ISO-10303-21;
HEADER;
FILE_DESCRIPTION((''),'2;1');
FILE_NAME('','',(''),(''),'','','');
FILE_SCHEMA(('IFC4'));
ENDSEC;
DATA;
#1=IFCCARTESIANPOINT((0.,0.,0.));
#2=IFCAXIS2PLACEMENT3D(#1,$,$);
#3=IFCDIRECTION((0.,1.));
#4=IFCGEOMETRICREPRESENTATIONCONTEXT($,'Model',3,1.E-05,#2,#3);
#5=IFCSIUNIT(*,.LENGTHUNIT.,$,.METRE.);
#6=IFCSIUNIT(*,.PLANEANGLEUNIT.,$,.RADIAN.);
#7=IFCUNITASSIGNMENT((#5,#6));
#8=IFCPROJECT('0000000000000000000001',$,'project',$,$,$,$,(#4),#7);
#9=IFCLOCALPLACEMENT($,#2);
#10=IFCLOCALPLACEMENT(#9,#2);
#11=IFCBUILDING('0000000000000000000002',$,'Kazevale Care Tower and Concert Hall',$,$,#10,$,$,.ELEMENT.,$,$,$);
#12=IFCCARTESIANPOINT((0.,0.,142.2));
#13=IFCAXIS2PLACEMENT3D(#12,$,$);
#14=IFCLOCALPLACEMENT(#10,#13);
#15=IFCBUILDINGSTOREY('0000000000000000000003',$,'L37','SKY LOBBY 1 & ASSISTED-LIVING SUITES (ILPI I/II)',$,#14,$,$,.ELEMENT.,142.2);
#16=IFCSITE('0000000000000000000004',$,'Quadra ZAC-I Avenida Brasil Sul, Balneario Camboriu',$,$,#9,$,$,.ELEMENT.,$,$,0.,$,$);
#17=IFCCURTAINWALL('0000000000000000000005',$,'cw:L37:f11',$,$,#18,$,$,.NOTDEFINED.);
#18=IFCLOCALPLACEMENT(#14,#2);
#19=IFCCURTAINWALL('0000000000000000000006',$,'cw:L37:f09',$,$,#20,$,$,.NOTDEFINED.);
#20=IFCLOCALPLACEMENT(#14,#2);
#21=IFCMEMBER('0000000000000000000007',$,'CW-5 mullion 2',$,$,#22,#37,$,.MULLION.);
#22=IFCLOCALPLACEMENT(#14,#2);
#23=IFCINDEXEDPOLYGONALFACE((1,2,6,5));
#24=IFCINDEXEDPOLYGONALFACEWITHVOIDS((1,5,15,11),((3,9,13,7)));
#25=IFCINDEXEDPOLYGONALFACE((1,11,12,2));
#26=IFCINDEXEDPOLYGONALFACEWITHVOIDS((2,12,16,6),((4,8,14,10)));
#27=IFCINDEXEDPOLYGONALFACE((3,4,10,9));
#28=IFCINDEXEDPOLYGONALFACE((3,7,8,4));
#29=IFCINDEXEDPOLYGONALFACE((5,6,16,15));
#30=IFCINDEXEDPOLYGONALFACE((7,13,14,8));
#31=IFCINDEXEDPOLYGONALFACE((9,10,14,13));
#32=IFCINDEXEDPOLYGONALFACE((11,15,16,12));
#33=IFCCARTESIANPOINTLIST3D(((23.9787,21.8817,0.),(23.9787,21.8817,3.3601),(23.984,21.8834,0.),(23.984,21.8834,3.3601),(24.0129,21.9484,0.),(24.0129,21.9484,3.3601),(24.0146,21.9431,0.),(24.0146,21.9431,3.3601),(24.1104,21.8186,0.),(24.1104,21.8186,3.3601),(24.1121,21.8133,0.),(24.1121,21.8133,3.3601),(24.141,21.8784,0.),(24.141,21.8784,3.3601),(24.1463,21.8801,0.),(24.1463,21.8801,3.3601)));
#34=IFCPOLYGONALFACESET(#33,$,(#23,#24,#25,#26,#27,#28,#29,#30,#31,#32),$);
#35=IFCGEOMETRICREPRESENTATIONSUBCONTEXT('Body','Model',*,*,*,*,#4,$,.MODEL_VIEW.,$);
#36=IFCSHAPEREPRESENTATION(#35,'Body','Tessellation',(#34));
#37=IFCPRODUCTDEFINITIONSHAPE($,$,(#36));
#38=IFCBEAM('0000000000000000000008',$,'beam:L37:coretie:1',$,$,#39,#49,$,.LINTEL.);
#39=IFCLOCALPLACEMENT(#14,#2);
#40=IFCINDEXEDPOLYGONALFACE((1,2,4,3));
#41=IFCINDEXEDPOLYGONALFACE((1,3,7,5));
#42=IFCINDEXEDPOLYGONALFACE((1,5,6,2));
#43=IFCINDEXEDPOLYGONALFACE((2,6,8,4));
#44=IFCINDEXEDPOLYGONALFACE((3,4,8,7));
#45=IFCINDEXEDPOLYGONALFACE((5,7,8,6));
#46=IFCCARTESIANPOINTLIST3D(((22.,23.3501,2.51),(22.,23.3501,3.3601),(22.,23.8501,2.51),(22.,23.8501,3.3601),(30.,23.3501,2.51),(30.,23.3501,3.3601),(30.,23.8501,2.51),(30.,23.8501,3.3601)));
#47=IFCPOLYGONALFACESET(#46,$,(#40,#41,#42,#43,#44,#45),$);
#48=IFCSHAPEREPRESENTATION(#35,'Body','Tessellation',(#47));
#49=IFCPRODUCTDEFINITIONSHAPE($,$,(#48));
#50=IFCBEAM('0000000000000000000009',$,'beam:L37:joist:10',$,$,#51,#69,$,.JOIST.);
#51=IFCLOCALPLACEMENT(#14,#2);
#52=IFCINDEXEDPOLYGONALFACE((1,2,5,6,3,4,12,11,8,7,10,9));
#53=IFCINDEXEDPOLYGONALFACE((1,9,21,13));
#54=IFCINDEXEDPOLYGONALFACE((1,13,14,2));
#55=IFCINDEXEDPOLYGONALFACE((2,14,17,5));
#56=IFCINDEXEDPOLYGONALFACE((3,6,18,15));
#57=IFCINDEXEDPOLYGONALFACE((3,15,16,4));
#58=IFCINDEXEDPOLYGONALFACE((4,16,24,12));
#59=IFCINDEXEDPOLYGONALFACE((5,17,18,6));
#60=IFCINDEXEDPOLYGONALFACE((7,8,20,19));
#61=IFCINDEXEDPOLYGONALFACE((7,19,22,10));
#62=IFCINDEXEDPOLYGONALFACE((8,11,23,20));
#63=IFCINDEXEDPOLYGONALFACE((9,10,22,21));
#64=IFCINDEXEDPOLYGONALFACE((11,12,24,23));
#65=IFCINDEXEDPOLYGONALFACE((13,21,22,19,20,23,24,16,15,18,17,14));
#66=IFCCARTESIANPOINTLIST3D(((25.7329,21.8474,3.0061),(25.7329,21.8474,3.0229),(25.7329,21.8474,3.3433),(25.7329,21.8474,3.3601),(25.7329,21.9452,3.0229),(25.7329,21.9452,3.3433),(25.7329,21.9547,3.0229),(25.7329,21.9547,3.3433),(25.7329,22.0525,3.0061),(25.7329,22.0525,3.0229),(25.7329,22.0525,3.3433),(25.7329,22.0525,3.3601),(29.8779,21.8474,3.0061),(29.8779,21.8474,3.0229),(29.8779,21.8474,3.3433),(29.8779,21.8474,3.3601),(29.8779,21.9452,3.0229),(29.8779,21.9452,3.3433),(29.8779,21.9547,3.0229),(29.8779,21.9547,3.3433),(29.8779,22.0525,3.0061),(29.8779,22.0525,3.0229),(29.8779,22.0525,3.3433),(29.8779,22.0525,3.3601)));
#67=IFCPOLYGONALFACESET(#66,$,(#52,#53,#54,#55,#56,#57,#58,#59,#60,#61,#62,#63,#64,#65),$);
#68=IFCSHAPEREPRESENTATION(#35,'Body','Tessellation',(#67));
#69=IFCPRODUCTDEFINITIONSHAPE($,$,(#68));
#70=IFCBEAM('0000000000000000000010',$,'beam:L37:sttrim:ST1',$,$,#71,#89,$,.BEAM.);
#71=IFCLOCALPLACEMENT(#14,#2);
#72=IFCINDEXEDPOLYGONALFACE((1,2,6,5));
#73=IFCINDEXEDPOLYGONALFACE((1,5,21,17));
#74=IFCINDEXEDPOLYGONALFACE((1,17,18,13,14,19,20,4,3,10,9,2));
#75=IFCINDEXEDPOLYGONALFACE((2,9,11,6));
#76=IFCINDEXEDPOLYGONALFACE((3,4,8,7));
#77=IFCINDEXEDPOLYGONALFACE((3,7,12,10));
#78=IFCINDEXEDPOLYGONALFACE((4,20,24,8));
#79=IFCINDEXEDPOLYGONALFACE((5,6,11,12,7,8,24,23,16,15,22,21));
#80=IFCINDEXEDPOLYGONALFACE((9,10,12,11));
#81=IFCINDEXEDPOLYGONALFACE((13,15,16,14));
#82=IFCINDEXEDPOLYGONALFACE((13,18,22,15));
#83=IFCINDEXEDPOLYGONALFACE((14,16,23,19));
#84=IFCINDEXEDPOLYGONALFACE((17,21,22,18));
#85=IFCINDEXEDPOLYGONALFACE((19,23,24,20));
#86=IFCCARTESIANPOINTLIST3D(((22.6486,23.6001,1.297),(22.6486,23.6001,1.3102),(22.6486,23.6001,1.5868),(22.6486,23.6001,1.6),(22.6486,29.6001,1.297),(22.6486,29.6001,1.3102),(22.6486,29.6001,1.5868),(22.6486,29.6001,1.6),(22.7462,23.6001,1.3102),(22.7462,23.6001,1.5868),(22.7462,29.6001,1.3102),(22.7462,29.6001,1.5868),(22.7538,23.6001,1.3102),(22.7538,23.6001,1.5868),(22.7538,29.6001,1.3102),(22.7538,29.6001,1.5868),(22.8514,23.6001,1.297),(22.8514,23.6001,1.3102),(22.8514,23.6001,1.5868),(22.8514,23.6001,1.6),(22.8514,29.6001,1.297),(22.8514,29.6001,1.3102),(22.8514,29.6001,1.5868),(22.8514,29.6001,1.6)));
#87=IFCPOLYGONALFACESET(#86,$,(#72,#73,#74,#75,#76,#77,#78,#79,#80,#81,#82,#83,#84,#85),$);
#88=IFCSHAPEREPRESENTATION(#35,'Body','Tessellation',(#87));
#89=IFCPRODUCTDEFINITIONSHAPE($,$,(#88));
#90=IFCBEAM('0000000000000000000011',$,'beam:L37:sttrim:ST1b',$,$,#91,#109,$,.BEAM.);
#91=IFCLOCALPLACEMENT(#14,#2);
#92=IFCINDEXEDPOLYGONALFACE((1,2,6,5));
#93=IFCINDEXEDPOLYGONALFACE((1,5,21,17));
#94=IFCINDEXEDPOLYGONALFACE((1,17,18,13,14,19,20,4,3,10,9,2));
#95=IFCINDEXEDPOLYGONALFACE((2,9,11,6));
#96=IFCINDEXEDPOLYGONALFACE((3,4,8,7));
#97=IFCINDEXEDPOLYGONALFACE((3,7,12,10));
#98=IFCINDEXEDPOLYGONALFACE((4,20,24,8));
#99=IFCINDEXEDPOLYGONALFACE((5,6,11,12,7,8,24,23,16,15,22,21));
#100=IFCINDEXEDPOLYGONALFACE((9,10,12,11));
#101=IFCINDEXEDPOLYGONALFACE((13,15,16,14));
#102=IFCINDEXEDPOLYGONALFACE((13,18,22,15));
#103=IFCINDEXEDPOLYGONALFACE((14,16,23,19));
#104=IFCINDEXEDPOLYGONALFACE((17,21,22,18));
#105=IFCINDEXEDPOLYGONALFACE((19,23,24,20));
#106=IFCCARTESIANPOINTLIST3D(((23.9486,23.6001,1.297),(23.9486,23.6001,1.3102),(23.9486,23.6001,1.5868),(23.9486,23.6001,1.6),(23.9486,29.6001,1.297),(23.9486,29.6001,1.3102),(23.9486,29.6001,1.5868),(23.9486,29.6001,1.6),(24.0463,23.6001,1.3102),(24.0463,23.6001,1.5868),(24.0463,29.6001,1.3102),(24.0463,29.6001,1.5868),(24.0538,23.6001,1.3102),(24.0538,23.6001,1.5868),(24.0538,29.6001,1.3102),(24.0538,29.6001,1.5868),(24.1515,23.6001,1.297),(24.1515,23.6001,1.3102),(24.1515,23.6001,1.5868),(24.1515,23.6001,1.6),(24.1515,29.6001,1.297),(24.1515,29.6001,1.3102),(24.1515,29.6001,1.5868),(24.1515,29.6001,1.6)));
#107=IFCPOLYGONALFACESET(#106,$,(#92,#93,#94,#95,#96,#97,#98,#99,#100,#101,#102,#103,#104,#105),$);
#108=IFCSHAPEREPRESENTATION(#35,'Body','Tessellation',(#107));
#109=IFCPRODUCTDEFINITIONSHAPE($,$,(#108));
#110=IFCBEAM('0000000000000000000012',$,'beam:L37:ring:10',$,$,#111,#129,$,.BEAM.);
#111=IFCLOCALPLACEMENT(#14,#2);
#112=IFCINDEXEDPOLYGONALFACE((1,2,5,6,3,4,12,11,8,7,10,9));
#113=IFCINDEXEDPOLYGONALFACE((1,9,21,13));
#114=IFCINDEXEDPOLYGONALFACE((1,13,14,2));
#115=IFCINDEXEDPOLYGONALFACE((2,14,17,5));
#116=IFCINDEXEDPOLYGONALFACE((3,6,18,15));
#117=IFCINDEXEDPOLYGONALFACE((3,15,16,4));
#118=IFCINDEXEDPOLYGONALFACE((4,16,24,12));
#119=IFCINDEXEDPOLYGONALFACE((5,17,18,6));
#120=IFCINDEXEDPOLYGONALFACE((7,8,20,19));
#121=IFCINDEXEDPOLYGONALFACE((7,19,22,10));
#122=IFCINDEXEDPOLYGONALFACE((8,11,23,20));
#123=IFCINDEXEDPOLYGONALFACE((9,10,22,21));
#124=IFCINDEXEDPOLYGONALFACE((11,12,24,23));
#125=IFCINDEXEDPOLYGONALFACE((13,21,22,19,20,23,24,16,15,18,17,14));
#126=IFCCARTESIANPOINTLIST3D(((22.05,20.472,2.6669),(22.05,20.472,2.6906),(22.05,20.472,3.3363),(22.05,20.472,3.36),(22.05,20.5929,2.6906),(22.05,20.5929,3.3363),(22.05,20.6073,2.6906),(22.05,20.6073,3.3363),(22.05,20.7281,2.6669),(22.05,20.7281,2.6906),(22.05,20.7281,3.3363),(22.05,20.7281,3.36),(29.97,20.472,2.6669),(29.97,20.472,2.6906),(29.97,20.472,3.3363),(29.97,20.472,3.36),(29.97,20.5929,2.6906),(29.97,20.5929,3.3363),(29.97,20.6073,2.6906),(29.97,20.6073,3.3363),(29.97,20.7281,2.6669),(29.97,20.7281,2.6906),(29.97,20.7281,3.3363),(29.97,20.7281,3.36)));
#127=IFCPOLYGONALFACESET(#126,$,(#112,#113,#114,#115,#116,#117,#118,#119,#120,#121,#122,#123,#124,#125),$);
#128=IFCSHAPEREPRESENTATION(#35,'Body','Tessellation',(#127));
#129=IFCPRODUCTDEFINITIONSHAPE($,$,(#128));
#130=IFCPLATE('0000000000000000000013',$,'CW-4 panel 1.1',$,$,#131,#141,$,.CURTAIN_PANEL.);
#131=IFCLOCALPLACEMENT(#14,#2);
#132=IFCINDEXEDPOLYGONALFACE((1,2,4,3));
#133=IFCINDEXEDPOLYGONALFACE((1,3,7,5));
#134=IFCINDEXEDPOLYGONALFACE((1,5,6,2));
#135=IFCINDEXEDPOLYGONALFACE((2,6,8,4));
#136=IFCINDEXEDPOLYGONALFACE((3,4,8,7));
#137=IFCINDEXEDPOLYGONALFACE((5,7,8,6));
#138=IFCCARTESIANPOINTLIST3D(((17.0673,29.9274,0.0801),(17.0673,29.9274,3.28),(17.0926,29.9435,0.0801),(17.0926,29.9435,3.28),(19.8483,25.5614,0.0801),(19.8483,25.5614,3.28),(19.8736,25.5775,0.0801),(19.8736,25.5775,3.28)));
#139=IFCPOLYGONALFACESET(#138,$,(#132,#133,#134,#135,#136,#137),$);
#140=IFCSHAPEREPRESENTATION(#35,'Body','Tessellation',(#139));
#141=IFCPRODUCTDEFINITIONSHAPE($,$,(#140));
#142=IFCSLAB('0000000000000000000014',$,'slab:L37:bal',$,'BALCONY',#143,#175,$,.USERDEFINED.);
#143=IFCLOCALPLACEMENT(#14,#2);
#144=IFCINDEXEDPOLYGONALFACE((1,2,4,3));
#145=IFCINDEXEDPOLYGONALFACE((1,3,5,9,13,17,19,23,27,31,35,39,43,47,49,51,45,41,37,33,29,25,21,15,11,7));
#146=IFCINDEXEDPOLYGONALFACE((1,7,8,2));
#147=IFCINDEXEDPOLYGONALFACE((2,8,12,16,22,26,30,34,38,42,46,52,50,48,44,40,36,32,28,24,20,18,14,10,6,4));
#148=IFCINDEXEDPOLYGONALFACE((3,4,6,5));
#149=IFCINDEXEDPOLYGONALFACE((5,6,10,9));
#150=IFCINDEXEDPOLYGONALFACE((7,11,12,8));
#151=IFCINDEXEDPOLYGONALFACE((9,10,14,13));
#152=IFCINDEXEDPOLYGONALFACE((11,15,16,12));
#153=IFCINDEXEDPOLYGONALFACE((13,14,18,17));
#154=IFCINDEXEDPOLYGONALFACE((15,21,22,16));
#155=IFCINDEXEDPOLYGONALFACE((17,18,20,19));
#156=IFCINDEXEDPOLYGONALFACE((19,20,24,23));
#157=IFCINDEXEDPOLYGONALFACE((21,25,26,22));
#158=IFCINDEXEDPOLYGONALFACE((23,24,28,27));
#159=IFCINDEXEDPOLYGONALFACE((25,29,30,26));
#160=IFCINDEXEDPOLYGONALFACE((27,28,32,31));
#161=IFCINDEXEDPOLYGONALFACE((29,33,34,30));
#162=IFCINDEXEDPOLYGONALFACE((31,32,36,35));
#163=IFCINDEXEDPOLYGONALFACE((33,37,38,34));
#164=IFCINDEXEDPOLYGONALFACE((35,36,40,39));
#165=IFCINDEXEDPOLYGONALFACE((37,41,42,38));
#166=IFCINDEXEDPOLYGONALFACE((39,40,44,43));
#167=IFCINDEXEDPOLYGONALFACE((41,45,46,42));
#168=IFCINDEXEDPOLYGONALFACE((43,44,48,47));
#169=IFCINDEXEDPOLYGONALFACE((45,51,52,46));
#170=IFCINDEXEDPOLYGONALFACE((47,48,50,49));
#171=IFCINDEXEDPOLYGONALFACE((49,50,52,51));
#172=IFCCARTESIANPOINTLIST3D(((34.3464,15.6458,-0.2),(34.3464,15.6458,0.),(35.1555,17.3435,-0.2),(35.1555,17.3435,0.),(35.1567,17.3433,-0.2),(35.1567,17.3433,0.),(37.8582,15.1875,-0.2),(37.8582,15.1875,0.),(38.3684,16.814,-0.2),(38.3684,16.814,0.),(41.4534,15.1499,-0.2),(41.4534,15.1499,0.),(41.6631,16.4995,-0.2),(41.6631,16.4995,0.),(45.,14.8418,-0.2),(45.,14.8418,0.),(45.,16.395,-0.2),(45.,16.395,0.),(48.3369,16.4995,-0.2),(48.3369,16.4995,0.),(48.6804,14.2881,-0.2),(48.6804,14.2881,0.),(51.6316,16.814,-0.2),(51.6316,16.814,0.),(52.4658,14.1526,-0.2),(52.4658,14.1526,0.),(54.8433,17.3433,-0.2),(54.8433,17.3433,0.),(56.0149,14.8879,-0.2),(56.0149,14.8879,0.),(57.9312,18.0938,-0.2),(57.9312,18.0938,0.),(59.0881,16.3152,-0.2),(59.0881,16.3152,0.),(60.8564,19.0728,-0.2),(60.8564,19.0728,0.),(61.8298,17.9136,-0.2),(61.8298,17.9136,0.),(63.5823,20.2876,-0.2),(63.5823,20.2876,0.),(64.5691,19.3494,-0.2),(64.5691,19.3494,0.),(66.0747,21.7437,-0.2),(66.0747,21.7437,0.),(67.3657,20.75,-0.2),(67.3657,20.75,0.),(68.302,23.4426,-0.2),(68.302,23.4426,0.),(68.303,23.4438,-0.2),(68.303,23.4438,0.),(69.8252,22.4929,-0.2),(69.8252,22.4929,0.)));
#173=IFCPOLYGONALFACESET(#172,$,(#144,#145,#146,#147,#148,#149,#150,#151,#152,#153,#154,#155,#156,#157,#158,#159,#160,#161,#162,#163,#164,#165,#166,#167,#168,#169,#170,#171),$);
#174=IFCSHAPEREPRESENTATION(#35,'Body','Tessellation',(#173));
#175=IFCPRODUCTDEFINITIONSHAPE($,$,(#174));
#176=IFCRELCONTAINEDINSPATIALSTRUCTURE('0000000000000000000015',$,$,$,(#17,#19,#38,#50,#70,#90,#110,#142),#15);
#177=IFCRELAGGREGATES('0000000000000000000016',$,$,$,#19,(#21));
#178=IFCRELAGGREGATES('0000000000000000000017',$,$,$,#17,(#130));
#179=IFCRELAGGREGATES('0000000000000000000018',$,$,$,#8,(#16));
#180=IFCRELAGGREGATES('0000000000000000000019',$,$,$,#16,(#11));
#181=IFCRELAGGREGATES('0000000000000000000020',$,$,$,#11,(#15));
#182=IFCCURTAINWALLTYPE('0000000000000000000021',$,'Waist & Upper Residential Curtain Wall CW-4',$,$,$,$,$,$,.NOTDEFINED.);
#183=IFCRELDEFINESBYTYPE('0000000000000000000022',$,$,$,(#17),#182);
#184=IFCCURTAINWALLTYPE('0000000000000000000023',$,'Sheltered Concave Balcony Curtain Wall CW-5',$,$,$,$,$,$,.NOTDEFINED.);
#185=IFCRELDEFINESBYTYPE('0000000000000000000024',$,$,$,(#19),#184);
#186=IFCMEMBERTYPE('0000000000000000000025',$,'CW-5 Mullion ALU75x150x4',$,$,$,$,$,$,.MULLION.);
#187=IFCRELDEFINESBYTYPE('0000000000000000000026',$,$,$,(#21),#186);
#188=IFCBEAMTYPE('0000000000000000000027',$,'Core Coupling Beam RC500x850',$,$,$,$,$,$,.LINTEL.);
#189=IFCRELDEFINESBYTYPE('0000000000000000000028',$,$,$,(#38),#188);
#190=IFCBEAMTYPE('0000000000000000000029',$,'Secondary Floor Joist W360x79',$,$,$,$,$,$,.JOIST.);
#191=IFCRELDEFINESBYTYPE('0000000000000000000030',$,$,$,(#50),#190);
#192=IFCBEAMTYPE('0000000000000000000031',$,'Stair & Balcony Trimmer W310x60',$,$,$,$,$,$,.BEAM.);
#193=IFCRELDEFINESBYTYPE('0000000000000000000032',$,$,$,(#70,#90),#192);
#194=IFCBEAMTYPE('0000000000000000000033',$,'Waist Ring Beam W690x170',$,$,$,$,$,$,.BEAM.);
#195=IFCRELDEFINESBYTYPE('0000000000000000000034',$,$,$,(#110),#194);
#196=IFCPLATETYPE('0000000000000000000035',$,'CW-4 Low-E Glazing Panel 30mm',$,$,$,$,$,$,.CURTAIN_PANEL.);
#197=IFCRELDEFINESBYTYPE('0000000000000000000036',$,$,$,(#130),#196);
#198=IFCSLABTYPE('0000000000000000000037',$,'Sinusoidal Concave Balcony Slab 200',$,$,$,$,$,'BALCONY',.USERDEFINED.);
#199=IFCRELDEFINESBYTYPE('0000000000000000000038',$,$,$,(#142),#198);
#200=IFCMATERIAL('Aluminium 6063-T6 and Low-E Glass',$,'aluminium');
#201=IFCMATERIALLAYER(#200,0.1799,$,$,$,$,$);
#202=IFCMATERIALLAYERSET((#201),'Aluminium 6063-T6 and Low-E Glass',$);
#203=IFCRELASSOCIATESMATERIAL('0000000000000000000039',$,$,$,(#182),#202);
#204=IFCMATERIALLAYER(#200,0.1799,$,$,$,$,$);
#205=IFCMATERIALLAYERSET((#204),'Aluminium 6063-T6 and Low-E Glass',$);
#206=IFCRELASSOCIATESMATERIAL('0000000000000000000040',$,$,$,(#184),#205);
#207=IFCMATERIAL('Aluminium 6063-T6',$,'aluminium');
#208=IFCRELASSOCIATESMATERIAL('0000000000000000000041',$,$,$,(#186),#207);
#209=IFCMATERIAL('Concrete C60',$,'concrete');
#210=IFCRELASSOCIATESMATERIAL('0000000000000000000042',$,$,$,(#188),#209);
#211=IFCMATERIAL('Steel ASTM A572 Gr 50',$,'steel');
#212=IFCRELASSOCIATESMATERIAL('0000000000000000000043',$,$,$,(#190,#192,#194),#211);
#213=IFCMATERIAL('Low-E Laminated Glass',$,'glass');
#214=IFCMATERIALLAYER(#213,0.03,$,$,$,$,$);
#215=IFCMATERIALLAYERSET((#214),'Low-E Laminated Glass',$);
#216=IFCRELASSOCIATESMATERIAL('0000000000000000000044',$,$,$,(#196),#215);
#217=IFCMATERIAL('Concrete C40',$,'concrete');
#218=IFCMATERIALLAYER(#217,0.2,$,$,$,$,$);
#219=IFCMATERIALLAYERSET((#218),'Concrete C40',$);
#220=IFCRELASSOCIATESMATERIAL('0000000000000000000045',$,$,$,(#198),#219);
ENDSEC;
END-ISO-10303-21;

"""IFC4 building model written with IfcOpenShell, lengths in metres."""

from ifc_helpers import new_model, si_unit, direction, frame, origin, origin_2d, place, context, subcontext, project, spatial, polyline, rectangle, hollow_rectangle, i_section, outline, extrude, material, layer, layer_set, material_profile, profile_set, type_object, element, aggregate, save


model = new_model("IFC4")

# Units and contexts
model_context = context("Model", 3, precision=1e-05, world=origin(), true_north=direction((0.0, 1.0)))
body_context = subcontext(model_context, "Body", "Model", "MODEL_VIEW")
ifc_project = project(units=[si_unit("LENGTHUNIT", "METRE"), si_unit("PLANEANGLEUNIT", "RADIAN")], contexts=[model_context])

# Site, building, storey
site_placement = place(None, origin())
site = spatial("IfcSite", under=ifc_project, at=site_placement, Name="Quadra ZAC-I Avenida Brasil Sul, Balneario Camboriu", CompositionType="ELEMENT", RefElevation=0.0)
building_placement = place(site_placement, origin())
building = spatial("IfcBuilding", under=site, at=building_placement, Name="Kazevale Care Tower and Concert Hall", CompositionType="ELEMENT")
storey_placement = place(building_placement, frame((0.0, 0.0, 142.2)))
storey = spatial("IfcBuildingStorey", under=building, at=storey_placement, Name="L37", Description="SKY LOBBY 1 & ASSISTED-LIVING SUITES (ILPI I/II)", CompositionType="ELEMENT", Elevation=142.2)

# Shared definitions
ifc_material_1 = material(Name="Concrete C60", Category="concrete")

# Curtain wall
ifc_material_2 = material(Name="Aluminium 6063-T6 and Low-E Glass", Category="aluminium")
ifc_layer_1 = layer(ifc_material_2, 0.1799)
ifc_layer_set_1 = layer_set([ifc_layer_1], Name="Aluminium 6063-T6 and Low-E Glass")
curtain_wall_type_1 = type_object("IfcCurtainWallType", Name="Waist & Upper Residential Curtain Wall CW-4", PredefinedType="NOTDEFINED", material=ifc_layer_set_1)
curtain_wall_1_placement = place(storey_placement, origin())
curtain_wall_1 = element("IfcCurtainWall", 1, at=curtain_wall_1_placement, inside=storey, type_object=curtain_wall_type_1, Name="cw:L37:f11", PredefinedType="NOTDEFINED")
ifc_material_3 = material(Name="Aluminium 6063-T6", Category="aluminium")

# Curtain wall, member
ifc_layer_2 = layer(ifc_material_2, 0.1799)
ifc_layer_set_2 = layer_set([ifc_layer_2], Name="Aluminium 6063-T6 and Low-E Glass")
curtain_wall_type_2 = type_object("IfcCurtainWallType", Name="Sheltered Concave Balcony Curtain Wall CW-5", PredefinedType="NOTDEFINED", material=ifc_layer_set_2)
curtain_wall_2_placement = place(storey_placement, origin())
curtain_wall_2 = element("IfcCurtainWall", 2, at=curtain_wall_2_placement, inside=storey, type_object=curtain_wall_type_2, Name="cw:L37:f09", PredefinedType="NOTDEFINED")
ifc_material_profile_1 = material_profile(ifc_material_3, hollow_rectangle(XDim=0.075, YDim=0.1499, WallThickness=0.0039, at=origin_2d()), Name="ALU75x150x4")
ifc_profile_set_1 = profile_set([ifc_material_profile_1], Name="Aluminium 6063-T6")
member_type_1 = type_object("IfcMemberType", Name="CW-5 Mullion ALU75x150x4", PredefinedType="MULLION", material=ifc_profile_set_1)
member_1_placement = place(storey_placement, frame((24.0625, 21.8809, 0.0), z_axis=(0.0, 0.0, 1.0), x_axis=(-0.455713, -0.890127, 0.0)))
member_1 = element("IfcMember", 3, at=member_1_placement, type_object=member_type_1, Name="CW-5 mullion 2", PredefinedType="MULLION", context=body_context, shape_type="SweptSolid", body=[
    extrude(hollow_rectangle(XDim=0.075, YDim=0.1499, WallThickness=0.0039, at=origin_2d()), origin(), (0.0, 0.0, 1.0), 3.3601),
])
aggregate(curtain_wall_2, [member_1])

# Beams
ifc_material_profile_2 = material_profile(ifc_material_1, rectangle(XDim=0.5, YDim=0.8501, at=origin_2d()), Name="RC-B500x850")
ifc_profile_set_2 = profile_set([ifc_material_profile_2], Name="Concrete C60")
beam_type_1 = type_object("IfcBeamType", Name="Core Coupling Beam RC500x850", PredefinedType="LINTEL", material=ifc_profile_set_2)
beam_1_placement = place(storey_placement, frame((22.0, 23.6001, 2.9351), z_axis=(1.0, 0.0, 0.0), x_axis=(0.0, 1.0, 0.0)))
element("IfcBeam", 4, at=beam_1_placement, inside=storey, type_object=beam_type_1, Name="beam:L37:coretie:1", PredefinedType="LINTEL", context=body_context, shape_type="SweptSolid", body=[
    extrude(rectangle(XDim=0.5, YDim=0.8501, at=origin_2d()), origin(), (0.0, 0.0, 1.0), 8.0),
])
ifc_material_4 = material(Name="Steel ASTM A572 Gr 50", Category="steel")
ifc_material_profile_3 = material_profile(ifc_material_4, i_section(OverallWidth=0.2051, OverallDepth=0.354, WebThickness=0.0095, FlangeThickness=0.0168, at=origin_2d()), Name="W360x79")
ifc_profile_set_3 = profile_set([ifc_material_profile_3], Name="Steel ASTM A572 Gr 50")
beam_type_2 = type_object("IfcBeamType", Name="Secondary Floor Joist W360x79", PredefinedType="JOIST", material=ifc_profile_set_3)
beam_2_placement = place(storey_placement, frame((25.7329, 21.95, 3.1831), z_axis=(1.0, 0.0, 0.0), x_axis=(0.0, 1.0, 0.0)))
element("IfcBeam", 5, at=beam_2_placement, inside=storey, type_object=beam_type_2, Name="beam:L37:joist:10", PredefinedType="JOIST", context=body_context, shape_type="SweptSolid", body=[
    extrude(i_section(OverallWidth=0.2051, OverallDepth=0.354, WebThickness=0.0095, FlangeThickness=0.0168, at=origin_2d()), origin(), (0.0, 0.0, 1.0), 4.145),
])
ifc_material_profile_4 = material_profile(ifc_material_4, i_section(OverallWidth=0.2029, OverallDepth=0.303, WebThickness=0.0076, FlangeThickness=0.0132, at=origin_2d()), Name="W310x60")
ifc_profile_set_4 = profile_set([ifc_material_profile_4], Name="Steel ASTM A572 Gr 50")
beam_type_3 = type_object("IfcBeamType", Name="Stair & Balcony Trimmer W310x60", PredefinedType="BEAM", material=ifc_profile_set_4)
for number, where, z_axis, x_axis, name in (
    (6, (22.75, 23.6001, 1.4485), (0.0, 1.0, 0.0), (-1.0, 0.0, 0.0), "beam:L37:sttrim:ST1"),
    (7, (24.05, 23.6001, 1.4485), (0.0, 1.0, 0.0), (-1.0, 0.0, 0.0), "beam:L37:sttrim:ST1b"),
):
    element("IfcBeam", number, at=place(storey_placement, frame(where, z_axis=z_axis, x_axis=x_axis)), inside=storey, type_object=beam_type_3, Name=name, PredefinedType="BEAM", context=body_context, shape_type="SweptSolid", body=[
        extrude(i_section(OverallWidth=0.2029, OverallDepth=0.303, WebThickness=0.0076, FlangeThickness=0.0132, at=origin_2d()), origin(), (0.0, 0.0, 1.0), 6.0),
    ])
ifc_material_profile_5 = material_profile(ifc_material_4, i_section(OverallWidth=0.2561, OverallDepth=0.6931, WebThickness=0.0144, FlangeThickness=0.0237, at=origin_2d()), Name="W690x170")
ifc_profile_set_5 = profile_set([ifc_material_profile_5], Name="Steel ASTM A572 Gr 50")
beam_type_4 = type_object("IfcBeamType", Name="Waist Ring Beam W690x170", PredefinedType="BEAM", material=ifc_profile_set_5)
beam_3_placement = place(storey_placement, frame((22.05, 20.6001, 3.0134), z_axis=(1.0, 0.0, 0.0), x_axis=(0.0, 1.0, 0.0)))
element("IfcBeam", 8, at=beam_3_placement, inside=storey, type_object=beam_type_4, Name="beam:L37:ring:10", PredefinedType="BEAM", context=body_context, shape_type="SweptSolid", body=[
    extrude(i_section(OverallWidth=0.2561, OverallDepth=0.6931, WebThickness=0.0144, FlangeThickness=0.0237, at=origin_2d()), origin(), (0.0, 0.0, 1.0), 7.9199),
])

# Plate
ifc_material_5 = material(Name="Low-E Laminated Glass", Category="glass")
ifc_layer_3 = layer(ifc_material_5, 0.03)
ifc_layer_set_3 = layer_set([ifc_layer_3], Name="Low-E Laminated Glass")
plate_type = type_object("IfcPlateType", Name="CW-4 Low-E Glazing Panel 30mm", PredefinedType="CURTAIN_PANEL", material=ifc_layer_set_3)
plate_placement = place(storey_placement, frame((18.4705, 27.7524, 0.0801), z_axis=(0.0, 0.0, 1.0), x_axis=(-0.537239, 0.84343, 0.0)))
plate = element("IfcPlate", 9, at=plate_placement, type_object=plate_type, Name="CW-4 panel 1.1", PredefinedType="CURTAIN_PANEL", context=body_context, shape_type="SweptSolid", body=[
    extrude(rectangle(XDim=5.1765, YDim=0.03, at=origin_2d()), origin(), (0.0, 0.0, 1.0), 3.2),
])
aggregate(curtain_wall_1, [plate])

# Slab
ifc_material_6 = material(Name="Concrete C40", Category="concrete")
ifc_layer_4 = layer(ifc_material_6, 0.2)
ifc_layer_set_4 = layer_set([ifc_layer_4], Name="Concrete C40")
slab_type_1 = type_object("IfcSlabType", Name="Sinusoidal Concave Balcony Slab 200", ElementType="BALCONY", PredefinedType="USERDEFINED", material=ifc_layer_set_4)
slab_1_placement = place(storey_placement, frame((0.0, 0.0, -0.2)))
element("IfcSlab", 10, at=slab_1_placement, inside=storey, type_object=slab_type_1, Name="slab:L37:bal", ObjectType="BALCONY", PredefinedType="USERDEFINED", context=body_context, shape_type="SweptSolid", body=[
    extrude(outline(polyline([(69.8252, 22.4929), (67.3657, 20.75), (64.5691, 19.3494), (61.8298, 17.9136), (59.0881, 16.3152), (56.0149, 14.8879), (52.4658, 14.1526), (48.6804, 14.2881), (45.0, 14.8418), (41.4534, 15.1499), (37.8582, 15.1875), (34.3464, 15.6458), (35.1555, 17.3435), (35.1567, 17.3433), (38.3684, 16.814), (41.6631, 16.4995), (45.0, 16.395), (48.3369, 16.4995), (51.6316, 16.814), (54.8433, 17.3433), (57.9312, 18.0938), (60.8564, 19.0728), (63.5823, 20.2876), (66.0747, 21.7437), (68.302, 23.4426), (68.303, 23.4438), (69.8252, 22.4929)])), origin(), (0.0, 0.0, 1.0), 0.2),
])

save(model, "model.ifc")
